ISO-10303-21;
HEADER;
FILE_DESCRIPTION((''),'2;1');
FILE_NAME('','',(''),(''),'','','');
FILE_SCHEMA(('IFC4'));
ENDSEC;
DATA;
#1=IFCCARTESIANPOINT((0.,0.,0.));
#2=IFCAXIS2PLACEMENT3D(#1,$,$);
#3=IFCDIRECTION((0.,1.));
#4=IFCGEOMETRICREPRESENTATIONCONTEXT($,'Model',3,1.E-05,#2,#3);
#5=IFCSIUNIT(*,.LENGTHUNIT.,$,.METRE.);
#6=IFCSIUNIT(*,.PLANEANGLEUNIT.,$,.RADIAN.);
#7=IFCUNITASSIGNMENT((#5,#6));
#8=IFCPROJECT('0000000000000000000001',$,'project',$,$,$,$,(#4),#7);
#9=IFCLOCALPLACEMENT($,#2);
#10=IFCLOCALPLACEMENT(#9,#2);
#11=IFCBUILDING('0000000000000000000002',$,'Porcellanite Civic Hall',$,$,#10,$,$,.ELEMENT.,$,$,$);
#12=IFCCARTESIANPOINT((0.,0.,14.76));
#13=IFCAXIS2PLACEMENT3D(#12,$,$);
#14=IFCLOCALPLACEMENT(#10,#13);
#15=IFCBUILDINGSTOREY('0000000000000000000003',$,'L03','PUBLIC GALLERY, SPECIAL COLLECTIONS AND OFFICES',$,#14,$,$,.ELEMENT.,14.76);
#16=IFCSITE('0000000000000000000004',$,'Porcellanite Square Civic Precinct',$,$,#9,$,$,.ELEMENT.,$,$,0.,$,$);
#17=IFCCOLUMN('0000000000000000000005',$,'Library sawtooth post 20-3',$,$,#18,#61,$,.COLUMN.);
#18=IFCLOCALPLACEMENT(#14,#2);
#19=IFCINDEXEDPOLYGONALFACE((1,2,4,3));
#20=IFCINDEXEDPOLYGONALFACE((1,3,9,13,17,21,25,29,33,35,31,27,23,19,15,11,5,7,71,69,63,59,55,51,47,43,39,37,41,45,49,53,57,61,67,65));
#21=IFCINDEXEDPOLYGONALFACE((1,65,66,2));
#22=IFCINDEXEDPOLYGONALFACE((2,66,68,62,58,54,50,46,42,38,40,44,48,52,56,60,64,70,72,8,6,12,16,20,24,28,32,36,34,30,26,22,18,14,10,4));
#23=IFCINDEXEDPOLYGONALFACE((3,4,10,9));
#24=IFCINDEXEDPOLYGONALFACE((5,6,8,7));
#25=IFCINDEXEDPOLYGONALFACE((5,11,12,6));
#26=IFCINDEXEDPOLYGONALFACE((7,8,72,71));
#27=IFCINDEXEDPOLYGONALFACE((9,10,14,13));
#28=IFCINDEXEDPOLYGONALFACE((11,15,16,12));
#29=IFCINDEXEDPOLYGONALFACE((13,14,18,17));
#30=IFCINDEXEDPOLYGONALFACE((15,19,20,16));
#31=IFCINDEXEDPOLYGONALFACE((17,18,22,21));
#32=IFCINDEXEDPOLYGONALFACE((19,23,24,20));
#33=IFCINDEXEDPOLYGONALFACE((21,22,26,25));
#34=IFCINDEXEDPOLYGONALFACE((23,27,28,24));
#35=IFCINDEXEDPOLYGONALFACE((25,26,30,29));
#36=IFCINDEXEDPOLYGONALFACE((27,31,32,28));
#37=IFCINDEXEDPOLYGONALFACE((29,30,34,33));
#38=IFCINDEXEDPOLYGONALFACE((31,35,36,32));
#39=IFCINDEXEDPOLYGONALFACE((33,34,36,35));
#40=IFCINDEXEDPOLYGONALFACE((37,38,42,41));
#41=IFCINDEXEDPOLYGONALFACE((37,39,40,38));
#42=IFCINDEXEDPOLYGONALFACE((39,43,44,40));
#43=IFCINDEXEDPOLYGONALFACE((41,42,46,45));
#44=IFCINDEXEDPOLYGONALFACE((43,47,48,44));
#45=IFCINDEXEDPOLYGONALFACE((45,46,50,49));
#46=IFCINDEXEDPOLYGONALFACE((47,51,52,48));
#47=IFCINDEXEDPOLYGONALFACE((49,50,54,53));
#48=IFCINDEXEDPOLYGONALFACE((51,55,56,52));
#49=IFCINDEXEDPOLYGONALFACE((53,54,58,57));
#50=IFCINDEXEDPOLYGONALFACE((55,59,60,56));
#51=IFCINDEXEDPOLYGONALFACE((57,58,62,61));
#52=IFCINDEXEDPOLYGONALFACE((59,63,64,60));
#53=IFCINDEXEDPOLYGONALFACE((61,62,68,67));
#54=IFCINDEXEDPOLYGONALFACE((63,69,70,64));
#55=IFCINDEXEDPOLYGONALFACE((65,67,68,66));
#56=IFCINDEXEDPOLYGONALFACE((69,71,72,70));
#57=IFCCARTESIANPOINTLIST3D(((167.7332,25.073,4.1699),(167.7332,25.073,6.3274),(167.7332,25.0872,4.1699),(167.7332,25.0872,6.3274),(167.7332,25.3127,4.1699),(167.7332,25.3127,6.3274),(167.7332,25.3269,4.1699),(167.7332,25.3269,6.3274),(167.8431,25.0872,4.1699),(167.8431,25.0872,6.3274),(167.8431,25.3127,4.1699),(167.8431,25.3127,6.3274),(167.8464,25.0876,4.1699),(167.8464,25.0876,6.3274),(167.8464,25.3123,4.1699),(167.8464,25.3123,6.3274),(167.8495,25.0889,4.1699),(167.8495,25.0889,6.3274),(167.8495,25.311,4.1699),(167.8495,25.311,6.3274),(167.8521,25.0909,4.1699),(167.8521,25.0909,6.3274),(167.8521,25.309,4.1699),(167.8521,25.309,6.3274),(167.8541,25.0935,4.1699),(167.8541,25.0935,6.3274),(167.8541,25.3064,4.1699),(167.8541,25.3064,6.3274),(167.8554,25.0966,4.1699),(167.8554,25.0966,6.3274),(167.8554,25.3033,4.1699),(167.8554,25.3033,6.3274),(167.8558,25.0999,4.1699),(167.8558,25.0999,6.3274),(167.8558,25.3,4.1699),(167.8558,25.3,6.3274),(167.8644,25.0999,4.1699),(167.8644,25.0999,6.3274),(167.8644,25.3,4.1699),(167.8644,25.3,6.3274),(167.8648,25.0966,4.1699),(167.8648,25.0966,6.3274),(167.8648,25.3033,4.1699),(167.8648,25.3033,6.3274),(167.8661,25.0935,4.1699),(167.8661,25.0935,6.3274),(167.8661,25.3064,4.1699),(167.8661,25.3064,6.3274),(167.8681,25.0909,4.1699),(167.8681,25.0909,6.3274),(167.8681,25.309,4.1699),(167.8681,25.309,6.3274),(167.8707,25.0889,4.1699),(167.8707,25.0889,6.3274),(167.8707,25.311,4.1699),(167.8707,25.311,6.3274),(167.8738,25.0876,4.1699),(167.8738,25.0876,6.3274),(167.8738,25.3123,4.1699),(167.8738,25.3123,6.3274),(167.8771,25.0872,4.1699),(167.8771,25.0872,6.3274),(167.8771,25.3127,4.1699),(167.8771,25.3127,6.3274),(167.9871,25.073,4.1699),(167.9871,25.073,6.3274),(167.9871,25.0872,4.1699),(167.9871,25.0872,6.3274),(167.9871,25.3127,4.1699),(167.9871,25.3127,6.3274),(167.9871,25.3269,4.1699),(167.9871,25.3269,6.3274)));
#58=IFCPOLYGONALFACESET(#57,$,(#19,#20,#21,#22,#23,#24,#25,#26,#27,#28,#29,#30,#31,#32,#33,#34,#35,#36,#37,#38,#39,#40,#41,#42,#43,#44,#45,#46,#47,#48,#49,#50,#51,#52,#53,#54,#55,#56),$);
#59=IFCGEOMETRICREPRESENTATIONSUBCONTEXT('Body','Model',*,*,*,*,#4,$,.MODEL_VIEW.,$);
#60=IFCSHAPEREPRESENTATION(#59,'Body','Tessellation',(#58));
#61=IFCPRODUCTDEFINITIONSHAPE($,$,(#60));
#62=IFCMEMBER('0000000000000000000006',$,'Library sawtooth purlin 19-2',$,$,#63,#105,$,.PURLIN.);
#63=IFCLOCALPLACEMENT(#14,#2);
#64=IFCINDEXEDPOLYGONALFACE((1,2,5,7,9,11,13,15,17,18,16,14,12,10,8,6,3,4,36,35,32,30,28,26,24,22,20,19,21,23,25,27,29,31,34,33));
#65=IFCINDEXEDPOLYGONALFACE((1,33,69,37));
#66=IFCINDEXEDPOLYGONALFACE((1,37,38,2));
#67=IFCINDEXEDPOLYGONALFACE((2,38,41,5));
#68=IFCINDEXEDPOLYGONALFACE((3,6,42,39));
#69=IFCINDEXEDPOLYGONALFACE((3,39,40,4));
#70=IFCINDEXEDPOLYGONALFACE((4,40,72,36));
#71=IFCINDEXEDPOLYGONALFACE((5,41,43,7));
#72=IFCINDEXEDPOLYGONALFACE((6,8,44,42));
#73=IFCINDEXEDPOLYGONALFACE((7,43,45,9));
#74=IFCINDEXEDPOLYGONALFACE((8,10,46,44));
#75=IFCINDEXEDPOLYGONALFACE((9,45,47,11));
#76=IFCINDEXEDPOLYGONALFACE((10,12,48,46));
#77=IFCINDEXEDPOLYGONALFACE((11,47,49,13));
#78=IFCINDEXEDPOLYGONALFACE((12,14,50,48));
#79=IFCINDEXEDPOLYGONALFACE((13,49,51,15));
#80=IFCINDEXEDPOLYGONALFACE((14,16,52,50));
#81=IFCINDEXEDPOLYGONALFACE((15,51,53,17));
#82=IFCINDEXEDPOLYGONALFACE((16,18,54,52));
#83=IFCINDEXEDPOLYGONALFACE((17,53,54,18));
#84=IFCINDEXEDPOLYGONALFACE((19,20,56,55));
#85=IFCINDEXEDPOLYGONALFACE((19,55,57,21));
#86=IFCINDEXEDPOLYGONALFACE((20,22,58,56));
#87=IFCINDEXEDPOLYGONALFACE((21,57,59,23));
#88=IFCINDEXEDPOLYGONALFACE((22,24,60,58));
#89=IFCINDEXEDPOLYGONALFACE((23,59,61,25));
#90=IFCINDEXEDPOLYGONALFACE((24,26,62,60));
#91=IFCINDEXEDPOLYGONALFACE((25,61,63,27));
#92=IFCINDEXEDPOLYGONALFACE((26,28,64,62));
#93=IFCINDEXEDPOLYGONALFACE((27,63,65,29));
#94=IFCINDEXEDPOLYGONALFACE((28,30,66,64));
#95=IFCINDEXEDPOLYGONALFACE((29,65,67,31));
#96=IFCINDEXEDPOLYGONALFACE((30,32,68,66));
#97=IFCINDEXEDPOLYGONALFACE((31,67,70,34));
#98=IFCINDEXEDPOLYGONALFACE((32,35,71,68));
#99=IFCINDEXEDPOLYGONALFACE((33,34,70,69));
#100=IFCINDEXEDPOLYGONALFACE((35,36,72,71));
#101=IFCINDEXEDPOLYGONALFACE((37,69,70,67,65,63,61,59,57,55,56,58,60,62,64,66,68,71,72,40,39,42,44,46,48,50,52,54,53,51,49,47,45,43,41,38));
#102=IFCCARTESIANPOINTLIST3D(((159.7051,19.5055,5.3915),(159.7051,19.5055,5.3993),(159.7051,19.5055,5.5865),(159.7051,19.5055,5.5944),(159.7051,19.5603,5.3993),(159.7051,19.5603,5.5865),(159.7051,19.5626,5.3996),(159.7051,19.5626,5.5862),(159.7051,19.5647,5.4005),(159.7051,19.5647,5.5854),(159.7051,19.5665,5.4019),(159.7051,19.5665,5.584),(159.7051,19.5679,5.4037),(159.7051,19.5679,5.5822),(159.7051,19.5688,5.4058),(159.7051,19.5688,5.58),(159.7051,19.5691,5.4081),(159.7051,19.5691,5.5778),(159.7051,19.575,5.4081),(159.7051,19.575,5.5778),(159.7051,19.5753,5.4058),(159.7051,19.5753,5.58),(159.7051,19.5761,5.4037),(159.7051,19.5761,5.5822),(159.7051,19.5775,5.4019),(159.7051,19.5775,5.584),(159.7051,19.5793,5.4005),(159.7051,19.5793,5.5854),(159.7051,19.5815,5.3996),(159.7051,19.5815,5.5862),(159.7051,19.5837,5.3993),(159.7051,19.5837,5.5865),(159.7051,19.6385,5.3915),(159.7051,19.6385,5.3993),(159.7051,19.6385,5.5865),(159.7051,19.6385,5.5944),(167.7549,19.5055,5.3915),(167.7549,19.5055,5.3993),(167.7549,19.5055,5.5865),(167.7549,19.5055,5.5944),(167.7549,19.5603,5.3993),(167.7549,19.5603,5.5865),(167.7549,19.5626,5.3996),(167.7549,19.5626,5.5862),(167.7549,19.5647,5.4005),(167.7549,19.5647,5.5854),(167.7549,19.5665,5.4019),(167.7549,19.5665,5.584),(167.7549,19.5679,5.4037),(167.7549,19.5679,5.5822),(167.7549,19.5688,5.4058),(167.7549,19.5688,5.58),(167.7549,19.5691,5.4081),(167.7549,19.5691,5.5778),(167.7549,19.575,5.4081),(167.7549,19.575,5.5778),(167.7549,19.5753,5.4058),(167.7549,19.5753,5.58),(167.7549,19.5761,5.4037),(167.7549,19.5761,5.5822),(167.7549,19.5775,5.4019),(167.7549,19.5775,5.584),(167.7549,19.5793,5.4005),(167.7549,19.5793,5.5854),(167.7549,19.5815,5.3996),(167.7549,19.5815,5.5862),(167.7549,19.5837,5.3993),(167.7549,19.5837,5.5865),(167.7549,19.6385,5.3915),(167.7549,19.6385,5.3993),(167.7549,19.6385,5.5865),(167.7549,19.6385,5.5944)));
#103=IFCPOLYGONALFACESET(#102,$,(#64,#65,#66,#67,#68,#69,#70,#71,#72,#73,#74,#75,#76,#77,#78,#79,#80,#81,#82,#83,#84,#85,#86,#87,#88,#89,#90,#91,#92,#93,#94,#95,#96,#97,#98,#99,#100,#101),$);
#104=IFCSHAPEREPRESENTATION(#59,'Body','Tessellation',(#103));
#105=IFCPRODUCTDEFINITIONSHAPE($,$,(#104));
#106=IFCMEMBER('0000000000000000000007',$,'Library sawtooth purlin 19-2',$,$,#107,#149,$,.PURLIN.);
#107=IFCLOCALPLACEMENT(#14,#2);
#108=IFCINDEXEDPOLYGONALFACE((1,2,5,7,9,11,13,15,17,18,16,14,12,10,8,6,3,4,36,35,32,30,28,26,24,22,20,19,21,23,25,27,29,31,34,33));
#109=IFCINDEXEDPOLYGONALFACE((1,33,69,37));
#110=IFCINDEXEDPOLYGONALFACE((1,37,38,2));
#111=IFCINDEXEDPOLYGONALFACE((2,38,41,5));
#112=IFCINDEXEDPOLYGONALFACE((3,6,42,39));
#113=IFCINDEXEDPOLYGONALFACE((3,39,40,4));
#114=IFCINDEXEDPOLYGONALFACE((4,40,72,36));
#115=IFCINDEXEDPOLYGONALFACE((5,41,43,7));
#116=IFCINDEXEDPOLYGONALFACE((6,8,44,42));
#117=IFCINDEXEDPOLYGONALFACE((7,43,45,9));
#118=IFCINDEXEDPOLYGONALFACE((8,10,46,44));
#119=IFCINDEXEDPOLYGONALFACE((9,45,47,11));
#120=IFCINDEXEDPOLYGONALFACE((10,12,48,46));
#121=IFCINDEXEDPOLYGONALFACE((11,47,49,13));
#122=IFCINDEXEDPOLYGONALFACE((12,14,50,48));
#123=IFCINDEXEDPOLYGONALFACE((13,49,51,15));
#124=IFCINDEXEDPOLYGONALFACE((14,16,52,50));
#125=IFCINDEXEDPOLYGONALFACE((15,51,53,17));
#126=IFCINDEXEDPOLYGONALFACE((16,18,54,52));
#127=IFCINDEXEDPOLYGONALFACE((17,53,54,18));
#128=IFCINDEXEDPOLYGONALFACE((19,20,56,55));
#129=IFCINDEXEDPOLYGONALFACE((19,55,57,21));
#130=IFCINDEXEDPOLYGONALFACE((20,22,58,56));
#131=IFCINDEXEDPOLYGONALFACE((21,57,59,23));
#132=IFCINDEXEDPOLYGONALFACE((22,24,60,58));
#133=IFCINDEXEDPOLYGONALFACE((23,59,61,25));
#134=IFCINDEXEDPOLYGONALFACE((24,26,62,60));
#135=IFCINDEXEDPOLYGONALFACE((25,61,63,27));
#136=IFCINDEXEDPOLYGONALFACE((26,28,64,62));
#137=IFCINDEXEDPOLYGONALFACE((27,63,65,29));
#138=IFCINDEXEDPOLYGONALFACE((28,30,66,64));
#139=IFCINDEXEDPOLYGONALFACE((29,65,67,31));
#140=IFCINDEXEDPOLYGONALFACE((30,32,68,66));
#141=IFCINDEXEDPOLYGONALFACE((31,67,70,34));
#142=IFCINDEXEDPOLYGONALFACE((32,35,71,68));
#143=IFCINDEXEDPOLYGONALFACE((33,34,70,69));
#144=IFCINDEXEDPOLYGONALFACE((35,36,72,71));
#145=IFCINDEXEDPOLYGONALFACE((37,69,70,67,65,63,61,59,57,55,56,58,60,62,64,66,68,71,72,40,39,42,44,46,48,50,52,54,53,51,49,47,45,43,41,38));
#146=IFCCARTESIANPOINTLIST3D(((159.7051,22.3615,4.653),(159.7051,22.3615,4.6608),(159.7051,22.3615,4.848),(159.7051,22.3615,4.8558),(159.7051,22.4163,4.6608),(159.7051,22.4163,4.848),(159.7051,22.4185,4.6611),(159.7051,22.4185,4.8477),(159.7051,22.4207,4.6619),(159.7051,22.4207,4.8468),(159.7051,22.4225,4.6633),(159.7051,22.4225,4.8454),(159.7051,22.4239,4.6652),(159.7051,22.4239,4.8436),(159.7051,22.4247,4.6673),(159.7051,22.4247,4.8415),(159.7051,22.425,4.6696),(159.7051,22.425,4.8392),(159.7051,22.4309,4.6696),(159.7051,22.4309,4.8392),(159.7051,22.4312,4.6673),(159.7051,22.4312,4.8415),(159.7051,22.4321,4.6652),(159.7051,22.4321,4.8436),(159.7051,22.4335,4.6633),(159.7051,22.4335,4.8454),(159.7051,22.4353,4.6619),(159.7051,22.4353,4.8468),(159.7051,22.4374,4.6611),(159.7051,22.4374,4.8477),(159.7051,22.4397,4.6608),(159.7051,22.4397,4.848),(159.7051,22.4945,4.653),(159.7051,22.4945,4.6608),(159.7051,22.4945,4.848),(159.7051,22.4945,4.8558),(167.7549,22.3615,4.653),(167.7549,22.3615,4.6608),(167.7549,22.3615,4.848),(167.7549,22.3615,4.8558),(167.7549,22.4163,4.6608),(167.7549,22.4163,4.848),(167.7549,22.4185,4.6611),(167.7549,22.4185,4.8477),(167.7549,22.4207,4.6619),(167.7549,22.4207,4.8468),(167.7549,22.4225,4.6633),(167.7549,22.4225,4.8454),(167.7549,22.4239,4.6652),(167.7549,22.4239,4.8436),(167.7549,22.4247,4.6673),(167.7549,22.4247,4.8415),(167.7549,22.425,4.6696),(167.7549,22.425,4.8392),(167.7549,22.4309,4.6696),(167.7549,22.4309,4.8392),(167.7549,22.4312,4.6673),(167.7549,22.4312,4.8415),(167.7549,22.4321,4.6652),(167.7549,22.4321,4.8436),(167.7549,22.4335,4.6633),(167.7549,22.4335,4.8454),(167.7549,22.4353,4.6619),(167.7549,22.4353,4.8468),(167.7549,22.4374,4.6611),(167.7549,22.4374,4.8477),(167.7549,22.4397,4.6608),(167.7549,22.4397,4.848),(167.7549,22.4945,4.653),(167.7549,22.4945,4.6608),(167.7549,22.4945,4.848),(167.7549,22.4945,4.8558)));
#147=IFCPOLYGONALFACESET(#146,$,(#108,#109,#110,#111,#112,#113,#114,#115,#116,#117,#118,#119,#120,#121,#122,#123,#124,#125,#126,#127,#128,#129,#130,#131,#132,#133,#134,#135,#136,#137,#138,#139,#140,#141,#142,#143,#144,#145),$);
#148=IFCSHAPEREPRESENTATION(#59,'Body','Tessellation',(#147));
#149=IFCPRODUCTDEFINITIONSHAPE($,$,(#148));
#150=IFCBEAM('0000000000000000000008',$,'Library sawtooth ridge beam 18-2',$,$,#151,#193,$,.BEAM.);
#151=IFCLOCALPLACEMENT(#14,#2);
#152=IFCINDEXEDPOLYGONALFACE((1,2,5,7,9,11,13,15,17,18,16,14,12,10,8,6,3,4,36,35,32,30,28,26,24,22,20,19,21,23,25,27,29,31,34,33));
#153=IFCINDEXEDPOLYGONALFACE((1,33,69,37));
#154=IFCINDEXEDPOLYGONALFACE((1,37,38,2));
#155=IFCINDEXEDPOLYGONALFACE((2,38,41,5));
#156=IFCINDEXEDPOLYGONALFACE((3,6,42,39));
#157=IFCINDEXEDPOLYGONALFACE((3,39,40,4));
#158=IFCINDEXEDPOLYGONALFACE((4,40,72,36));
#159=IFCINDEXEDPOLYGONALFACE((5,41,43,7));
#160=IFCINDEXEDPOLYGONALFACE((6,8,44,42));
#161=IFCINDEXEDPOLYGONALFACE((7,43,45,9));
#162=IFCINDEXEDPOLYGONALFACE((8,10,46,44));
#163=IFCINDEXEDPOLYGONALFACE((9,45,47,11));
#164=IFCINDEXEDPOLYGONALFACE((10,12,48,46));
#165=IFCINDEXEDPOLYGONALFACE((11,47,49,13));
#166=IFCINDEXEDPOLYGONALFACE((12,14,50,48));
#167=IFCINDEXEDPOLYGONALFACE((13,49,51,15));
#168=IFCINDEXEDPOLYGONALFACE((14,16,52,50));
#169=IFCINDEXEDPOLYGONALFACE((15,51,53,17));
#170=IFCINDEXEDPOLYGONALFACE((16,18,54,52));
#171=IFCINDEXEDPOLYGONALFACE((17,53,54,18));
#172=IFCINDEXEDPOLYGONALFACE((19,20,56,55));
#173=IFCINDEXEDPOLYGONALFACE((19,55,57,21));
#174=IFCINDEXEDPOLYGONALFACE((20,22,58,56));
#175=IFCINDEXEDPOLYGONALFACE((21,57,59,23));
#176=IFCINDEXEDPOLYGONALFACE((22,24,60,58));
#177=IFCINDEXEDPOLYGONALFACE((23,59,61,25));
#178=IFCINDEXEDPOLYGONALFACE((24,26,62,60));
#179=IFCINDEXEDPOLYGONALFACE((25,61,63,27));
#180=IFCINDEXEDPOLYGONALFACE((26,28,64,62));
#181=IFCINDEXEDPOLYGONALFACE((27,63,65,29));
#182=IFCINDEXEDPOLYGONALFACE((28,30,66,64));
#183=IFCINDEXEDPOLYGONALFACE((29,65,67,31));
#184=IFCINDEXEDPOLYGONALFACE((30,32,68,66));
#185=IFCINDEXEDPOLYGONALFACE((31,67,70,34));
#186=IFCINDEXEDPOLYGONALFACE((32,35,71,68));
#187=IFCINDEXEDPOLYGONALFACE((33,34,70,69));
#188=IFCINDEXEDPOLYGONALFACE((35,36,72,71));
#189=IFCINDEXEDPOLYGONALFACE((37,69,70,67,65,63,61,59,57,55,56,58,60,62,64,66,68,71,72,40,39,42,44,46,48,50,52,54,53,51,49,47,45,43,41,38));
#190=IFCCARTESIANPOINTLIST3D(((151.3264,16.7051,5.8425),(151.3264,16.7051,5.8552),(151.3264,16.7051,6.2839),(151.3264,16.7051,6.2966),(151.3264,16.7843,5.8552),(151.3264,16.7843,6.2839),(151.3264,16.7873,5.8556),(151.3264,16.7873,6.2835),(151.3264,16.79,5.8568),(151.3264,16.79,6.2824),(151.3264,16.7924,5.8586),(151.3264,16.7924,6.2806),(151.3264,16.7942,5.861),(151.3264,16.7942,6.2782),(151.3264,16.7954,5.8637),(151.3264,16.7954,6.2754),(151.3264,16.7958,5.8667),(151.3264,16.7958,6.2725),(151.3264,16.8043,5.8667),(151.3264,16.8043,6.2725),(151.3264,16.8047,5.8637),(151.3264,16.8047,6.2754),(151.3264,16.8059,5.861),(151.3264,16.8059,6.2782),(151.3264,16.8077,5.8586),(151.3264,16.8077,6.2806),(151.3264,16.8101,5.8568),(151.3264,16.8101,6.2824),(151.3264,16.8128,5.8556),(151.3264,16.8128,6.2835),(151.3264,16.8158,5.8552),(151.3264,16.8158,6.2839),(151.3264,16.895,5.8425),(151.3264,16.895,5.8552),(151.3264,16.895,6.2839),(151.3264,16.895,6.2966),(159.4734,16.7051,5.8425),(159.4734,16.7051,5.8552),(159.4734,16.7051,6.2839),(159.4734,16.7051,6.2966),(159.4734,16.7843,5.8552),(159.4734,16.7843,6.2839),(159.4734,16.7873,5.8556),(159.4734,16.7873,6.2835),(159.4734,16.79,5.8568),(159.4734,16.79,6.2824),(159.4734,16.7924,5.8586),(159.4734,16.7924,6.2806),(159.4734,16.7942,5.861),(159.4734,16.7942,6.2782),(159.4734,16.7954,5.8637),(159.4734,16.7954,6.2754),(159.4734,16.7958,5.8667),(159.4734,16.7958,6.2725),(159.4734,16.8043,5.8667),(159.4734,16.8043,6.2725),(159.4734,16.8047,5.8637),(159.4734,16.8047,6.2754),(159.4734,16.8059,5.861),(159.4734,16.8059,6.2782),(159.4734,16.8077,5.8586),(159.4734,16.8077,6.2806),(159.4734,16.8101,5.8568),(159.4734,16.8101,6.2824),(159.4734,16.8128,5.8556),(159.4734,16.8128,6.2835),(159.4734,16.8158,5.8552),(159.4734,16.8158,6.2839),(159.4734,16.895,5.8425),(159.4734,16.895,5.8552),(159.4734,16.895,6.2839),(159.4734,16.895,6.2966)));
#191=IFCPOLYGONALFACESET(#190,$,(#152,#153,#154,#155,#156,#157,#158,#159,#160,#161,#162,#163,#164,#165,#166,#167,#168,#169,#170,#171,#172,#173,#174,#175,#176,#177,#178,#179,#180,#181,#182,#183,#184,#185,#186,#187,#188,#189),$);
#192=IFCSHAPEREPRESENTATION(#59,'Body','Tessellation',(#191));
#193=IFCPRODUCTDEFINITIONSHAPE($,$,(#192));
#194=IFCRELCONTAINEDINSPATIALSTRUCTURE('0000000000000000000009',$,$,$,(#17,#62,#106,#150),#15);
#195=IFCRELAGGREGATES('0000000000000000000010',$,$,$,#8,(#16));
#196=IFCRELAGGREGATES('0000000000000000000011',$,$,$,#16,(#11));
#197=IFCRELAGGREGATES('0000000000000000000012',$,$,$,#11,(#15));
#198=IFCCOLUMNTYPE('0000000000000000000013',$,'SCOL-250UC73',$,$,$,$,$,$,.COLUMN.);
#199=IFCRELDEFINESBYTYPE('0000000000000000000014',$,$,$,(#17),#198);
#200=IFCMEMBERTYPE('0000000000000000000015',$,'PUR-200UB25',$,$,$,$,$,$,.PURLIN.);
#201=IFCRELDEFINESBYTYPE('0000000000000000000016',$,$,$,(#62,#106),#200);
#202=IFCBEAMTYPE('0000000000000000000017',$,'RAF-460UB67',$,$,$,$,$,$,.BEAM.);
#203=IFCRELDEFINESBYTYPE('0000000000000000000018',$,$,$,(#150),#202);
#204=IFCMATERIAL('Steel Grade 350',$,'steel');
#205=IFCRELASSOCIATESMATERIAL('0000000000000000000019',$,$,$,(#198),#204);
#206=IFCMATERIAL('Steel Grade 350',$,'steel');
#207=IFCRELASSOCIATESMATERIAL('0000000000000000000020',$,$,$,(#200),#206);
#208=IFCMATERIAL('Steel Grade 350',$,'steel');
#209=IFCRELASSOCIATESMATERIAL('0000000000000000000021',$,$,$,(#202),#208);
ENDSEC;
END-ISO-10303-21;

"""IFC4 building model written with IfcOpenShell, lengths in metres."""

from ifc_helpers import new_model, si_unit, direction, frame, origin, origin_2d, place, context, subcontext, project, spatial, i_section, extrude, material, material_profile, profile_set, type_object, element, save


model = new_model("IFC4")

# Units and contexts
model_context = context("Model", 3, precision=1e-05, world=origin(), true_north=direction((0.0, 1.0)))
body_context = subcontext(model_context, "Body", "Model", "MODEL_VIEW")
ifc_project = project(units=[si_unit("LENGTHUNIT", "METRE"), si_unit("PLANEANGLEUNIT", "RADIAN")], contexts=[model_context])

# Site, building, storey
site_placement = place(None, origin())
site = spatial("IfcSite", under=ifc_project, at=site_placement, Name="Porcellanite Square Civic Precinct", CompositionType="ELEMENT", RefElevation=0.0)
building_placement = place(site_placement, origin())
building = spatial("IfcBuilding", under=site, at=building_placement, Name="Porcellanite Civic Hall", CompositionType="ELEMENT")
storey_placement = place(building_placement, frame((0.0, 0.0, 14.76)))
storey = spatial("IfcBuildingStorey", under=building, at=storey_placement, Name="L03", Description="PUBLIC GALLERY, SPECIAL COLLECTIONS AND OFFICES", CompositionType="ELEMENT", Elevation=14.76)

# Column
ifc_material_1 = material(Name="Steel Grade 350", Category="steel")
ifc_material_profile_1 = material_profile(ifc_material_1, i_section(OverallWidth=0.2539, OverallDepth=0.2539, WebThickness=0.0085, FlangeThickness=0.0142, FilletRadius=0.0127, at=origin_2d()), Name="250UC72.9")
ifc_profile_set_1 = profile_set([ifc_material_profile_1], Name="Steel Grade 350")
column_type_1 = type_object("IfcColumnType", Name="SCOL-250UC73", PredefinedType="COLUMN", material=ifc_profile_set_1)
for number, where, z_axis, x_axis, name in (
    (1, (167.8601, 25.2, 4.1699), (0.0, 0.0, 1.0), (1.0, 0.0, 0.0), "Library sawtooth post 20-3"),
):
    element("IfcColumn", number, at=place(storey_placement, frame(where, z_axis=z_axis, x_axis=x_axis)), inside=storey, type_object=column_type_1, Name=name, PredefinedType="COLUMN", context=body_context, shape_type="SweptSolid", body=[
        extrude(i_section(OverallWidth=0.2539, OverallDepth=0.2539, WebThickness=0.0085, FlangeThickness=0.0142, FilletRadius=0.0127, at=origin_2d()), origin(), (0.0, 0.0, 1.0), 2.1575),
    ])

# Members
ifc_material_2 = material(Name="Steel Grade 350", Category="steel")
ifc_material_profile_2 = material_profile(ifc_material_2, i_section(OverallWidth=0.1331, OverallDepth=0.2029, WebThickness=0.0059, FlangeThickness=0.0078, FilletRadius=0.0088, at=origin_2d()), Name="200UB25.4")
ifc_profile_set_2 = profile_set([ifc_material_profile_2], Name="Steel Grade 350")
member_type = type_object("IfcMemberType", Name="PUR-200UB25", PredefinedType="PURLIN", material=ifc_profile_set_2)
for number, where, z_axis, x_axis, name in (
    (2, (159.7051, 19.572, 5.4929), (1.0, 0.0, 0.0), (0.0, 1.0, 0.0), "Library sawtooth purlin 19-2"),
    (3, (159.7051, 22.428, 4.7544), (1.0, 0.0, 0.0), (0.0, 1.0, 0.0), "Library sawtooth purlin 19-2"),
):
    element("IfcMember", number, at=place(storey_placement, frame(where, z_axis=z_axis, x_axis=x_axis)), inside=storey, type_object=member_type, Name=name, PredefinedType="PURLIN", context=body_context, shape_type="SweptSolid", body=[
        extrude(i_section(OverallWidth=0.1331, OverallDepth=0.2029, WebThickness=0.0059, FlangeThickness=0.0078, FilletRadius=0.0088, at=origin_2d()), origin(), (0.0, 0.0, 1.0), 8.0498),
    ])

# Beam
ifc_material_3 = material(Name="Steel Grade 350", Category="steel")
ifc_material_profile_3 = material_profile(ifc_material_3, i_section(OverallWidth=0.1899, OverallDepth=0.4541, WebThickness=0.0085, FlangeThickness=0.0127, FilletRadius=0.0115, at=origin_2d()), Name="460UB67.1")
ifc_profile_set_3 = profile_set([ifc_material_profile_3], Name="Steel Grade 350")
beam_type_1 = type_object("IfcBeamType", Name="RAF-460UB67", PredefinedType="BEAM", material=ifc_profile_set_3)
beam_1_placement = place(storey_placement, frame((151.3264, 16.8, 6.0696), z_axis=(1.0, 0.0, 0.0), x_axis=(0.0, 1.0, 0.0)))
element("IfcBeam", 4, at=beam_1_placement, inside=storey, type_object=beam_type_1, Name="Library sawtooth ridge beam 18-2", PredefinedType="BEAM", context=body_context, shape_type="SweptSolid", body=[
    extrude(i_section(OverallWidth=0.1899, OverallDepth=0.4541, WebThickness=0.0085, FlangeThickness=0.0127, FilletRadius=0.0115, at=origin_2d()), origin(), (0.0, 0.0, 1.0), 8.147),
])

save(model, "model.ifc")
